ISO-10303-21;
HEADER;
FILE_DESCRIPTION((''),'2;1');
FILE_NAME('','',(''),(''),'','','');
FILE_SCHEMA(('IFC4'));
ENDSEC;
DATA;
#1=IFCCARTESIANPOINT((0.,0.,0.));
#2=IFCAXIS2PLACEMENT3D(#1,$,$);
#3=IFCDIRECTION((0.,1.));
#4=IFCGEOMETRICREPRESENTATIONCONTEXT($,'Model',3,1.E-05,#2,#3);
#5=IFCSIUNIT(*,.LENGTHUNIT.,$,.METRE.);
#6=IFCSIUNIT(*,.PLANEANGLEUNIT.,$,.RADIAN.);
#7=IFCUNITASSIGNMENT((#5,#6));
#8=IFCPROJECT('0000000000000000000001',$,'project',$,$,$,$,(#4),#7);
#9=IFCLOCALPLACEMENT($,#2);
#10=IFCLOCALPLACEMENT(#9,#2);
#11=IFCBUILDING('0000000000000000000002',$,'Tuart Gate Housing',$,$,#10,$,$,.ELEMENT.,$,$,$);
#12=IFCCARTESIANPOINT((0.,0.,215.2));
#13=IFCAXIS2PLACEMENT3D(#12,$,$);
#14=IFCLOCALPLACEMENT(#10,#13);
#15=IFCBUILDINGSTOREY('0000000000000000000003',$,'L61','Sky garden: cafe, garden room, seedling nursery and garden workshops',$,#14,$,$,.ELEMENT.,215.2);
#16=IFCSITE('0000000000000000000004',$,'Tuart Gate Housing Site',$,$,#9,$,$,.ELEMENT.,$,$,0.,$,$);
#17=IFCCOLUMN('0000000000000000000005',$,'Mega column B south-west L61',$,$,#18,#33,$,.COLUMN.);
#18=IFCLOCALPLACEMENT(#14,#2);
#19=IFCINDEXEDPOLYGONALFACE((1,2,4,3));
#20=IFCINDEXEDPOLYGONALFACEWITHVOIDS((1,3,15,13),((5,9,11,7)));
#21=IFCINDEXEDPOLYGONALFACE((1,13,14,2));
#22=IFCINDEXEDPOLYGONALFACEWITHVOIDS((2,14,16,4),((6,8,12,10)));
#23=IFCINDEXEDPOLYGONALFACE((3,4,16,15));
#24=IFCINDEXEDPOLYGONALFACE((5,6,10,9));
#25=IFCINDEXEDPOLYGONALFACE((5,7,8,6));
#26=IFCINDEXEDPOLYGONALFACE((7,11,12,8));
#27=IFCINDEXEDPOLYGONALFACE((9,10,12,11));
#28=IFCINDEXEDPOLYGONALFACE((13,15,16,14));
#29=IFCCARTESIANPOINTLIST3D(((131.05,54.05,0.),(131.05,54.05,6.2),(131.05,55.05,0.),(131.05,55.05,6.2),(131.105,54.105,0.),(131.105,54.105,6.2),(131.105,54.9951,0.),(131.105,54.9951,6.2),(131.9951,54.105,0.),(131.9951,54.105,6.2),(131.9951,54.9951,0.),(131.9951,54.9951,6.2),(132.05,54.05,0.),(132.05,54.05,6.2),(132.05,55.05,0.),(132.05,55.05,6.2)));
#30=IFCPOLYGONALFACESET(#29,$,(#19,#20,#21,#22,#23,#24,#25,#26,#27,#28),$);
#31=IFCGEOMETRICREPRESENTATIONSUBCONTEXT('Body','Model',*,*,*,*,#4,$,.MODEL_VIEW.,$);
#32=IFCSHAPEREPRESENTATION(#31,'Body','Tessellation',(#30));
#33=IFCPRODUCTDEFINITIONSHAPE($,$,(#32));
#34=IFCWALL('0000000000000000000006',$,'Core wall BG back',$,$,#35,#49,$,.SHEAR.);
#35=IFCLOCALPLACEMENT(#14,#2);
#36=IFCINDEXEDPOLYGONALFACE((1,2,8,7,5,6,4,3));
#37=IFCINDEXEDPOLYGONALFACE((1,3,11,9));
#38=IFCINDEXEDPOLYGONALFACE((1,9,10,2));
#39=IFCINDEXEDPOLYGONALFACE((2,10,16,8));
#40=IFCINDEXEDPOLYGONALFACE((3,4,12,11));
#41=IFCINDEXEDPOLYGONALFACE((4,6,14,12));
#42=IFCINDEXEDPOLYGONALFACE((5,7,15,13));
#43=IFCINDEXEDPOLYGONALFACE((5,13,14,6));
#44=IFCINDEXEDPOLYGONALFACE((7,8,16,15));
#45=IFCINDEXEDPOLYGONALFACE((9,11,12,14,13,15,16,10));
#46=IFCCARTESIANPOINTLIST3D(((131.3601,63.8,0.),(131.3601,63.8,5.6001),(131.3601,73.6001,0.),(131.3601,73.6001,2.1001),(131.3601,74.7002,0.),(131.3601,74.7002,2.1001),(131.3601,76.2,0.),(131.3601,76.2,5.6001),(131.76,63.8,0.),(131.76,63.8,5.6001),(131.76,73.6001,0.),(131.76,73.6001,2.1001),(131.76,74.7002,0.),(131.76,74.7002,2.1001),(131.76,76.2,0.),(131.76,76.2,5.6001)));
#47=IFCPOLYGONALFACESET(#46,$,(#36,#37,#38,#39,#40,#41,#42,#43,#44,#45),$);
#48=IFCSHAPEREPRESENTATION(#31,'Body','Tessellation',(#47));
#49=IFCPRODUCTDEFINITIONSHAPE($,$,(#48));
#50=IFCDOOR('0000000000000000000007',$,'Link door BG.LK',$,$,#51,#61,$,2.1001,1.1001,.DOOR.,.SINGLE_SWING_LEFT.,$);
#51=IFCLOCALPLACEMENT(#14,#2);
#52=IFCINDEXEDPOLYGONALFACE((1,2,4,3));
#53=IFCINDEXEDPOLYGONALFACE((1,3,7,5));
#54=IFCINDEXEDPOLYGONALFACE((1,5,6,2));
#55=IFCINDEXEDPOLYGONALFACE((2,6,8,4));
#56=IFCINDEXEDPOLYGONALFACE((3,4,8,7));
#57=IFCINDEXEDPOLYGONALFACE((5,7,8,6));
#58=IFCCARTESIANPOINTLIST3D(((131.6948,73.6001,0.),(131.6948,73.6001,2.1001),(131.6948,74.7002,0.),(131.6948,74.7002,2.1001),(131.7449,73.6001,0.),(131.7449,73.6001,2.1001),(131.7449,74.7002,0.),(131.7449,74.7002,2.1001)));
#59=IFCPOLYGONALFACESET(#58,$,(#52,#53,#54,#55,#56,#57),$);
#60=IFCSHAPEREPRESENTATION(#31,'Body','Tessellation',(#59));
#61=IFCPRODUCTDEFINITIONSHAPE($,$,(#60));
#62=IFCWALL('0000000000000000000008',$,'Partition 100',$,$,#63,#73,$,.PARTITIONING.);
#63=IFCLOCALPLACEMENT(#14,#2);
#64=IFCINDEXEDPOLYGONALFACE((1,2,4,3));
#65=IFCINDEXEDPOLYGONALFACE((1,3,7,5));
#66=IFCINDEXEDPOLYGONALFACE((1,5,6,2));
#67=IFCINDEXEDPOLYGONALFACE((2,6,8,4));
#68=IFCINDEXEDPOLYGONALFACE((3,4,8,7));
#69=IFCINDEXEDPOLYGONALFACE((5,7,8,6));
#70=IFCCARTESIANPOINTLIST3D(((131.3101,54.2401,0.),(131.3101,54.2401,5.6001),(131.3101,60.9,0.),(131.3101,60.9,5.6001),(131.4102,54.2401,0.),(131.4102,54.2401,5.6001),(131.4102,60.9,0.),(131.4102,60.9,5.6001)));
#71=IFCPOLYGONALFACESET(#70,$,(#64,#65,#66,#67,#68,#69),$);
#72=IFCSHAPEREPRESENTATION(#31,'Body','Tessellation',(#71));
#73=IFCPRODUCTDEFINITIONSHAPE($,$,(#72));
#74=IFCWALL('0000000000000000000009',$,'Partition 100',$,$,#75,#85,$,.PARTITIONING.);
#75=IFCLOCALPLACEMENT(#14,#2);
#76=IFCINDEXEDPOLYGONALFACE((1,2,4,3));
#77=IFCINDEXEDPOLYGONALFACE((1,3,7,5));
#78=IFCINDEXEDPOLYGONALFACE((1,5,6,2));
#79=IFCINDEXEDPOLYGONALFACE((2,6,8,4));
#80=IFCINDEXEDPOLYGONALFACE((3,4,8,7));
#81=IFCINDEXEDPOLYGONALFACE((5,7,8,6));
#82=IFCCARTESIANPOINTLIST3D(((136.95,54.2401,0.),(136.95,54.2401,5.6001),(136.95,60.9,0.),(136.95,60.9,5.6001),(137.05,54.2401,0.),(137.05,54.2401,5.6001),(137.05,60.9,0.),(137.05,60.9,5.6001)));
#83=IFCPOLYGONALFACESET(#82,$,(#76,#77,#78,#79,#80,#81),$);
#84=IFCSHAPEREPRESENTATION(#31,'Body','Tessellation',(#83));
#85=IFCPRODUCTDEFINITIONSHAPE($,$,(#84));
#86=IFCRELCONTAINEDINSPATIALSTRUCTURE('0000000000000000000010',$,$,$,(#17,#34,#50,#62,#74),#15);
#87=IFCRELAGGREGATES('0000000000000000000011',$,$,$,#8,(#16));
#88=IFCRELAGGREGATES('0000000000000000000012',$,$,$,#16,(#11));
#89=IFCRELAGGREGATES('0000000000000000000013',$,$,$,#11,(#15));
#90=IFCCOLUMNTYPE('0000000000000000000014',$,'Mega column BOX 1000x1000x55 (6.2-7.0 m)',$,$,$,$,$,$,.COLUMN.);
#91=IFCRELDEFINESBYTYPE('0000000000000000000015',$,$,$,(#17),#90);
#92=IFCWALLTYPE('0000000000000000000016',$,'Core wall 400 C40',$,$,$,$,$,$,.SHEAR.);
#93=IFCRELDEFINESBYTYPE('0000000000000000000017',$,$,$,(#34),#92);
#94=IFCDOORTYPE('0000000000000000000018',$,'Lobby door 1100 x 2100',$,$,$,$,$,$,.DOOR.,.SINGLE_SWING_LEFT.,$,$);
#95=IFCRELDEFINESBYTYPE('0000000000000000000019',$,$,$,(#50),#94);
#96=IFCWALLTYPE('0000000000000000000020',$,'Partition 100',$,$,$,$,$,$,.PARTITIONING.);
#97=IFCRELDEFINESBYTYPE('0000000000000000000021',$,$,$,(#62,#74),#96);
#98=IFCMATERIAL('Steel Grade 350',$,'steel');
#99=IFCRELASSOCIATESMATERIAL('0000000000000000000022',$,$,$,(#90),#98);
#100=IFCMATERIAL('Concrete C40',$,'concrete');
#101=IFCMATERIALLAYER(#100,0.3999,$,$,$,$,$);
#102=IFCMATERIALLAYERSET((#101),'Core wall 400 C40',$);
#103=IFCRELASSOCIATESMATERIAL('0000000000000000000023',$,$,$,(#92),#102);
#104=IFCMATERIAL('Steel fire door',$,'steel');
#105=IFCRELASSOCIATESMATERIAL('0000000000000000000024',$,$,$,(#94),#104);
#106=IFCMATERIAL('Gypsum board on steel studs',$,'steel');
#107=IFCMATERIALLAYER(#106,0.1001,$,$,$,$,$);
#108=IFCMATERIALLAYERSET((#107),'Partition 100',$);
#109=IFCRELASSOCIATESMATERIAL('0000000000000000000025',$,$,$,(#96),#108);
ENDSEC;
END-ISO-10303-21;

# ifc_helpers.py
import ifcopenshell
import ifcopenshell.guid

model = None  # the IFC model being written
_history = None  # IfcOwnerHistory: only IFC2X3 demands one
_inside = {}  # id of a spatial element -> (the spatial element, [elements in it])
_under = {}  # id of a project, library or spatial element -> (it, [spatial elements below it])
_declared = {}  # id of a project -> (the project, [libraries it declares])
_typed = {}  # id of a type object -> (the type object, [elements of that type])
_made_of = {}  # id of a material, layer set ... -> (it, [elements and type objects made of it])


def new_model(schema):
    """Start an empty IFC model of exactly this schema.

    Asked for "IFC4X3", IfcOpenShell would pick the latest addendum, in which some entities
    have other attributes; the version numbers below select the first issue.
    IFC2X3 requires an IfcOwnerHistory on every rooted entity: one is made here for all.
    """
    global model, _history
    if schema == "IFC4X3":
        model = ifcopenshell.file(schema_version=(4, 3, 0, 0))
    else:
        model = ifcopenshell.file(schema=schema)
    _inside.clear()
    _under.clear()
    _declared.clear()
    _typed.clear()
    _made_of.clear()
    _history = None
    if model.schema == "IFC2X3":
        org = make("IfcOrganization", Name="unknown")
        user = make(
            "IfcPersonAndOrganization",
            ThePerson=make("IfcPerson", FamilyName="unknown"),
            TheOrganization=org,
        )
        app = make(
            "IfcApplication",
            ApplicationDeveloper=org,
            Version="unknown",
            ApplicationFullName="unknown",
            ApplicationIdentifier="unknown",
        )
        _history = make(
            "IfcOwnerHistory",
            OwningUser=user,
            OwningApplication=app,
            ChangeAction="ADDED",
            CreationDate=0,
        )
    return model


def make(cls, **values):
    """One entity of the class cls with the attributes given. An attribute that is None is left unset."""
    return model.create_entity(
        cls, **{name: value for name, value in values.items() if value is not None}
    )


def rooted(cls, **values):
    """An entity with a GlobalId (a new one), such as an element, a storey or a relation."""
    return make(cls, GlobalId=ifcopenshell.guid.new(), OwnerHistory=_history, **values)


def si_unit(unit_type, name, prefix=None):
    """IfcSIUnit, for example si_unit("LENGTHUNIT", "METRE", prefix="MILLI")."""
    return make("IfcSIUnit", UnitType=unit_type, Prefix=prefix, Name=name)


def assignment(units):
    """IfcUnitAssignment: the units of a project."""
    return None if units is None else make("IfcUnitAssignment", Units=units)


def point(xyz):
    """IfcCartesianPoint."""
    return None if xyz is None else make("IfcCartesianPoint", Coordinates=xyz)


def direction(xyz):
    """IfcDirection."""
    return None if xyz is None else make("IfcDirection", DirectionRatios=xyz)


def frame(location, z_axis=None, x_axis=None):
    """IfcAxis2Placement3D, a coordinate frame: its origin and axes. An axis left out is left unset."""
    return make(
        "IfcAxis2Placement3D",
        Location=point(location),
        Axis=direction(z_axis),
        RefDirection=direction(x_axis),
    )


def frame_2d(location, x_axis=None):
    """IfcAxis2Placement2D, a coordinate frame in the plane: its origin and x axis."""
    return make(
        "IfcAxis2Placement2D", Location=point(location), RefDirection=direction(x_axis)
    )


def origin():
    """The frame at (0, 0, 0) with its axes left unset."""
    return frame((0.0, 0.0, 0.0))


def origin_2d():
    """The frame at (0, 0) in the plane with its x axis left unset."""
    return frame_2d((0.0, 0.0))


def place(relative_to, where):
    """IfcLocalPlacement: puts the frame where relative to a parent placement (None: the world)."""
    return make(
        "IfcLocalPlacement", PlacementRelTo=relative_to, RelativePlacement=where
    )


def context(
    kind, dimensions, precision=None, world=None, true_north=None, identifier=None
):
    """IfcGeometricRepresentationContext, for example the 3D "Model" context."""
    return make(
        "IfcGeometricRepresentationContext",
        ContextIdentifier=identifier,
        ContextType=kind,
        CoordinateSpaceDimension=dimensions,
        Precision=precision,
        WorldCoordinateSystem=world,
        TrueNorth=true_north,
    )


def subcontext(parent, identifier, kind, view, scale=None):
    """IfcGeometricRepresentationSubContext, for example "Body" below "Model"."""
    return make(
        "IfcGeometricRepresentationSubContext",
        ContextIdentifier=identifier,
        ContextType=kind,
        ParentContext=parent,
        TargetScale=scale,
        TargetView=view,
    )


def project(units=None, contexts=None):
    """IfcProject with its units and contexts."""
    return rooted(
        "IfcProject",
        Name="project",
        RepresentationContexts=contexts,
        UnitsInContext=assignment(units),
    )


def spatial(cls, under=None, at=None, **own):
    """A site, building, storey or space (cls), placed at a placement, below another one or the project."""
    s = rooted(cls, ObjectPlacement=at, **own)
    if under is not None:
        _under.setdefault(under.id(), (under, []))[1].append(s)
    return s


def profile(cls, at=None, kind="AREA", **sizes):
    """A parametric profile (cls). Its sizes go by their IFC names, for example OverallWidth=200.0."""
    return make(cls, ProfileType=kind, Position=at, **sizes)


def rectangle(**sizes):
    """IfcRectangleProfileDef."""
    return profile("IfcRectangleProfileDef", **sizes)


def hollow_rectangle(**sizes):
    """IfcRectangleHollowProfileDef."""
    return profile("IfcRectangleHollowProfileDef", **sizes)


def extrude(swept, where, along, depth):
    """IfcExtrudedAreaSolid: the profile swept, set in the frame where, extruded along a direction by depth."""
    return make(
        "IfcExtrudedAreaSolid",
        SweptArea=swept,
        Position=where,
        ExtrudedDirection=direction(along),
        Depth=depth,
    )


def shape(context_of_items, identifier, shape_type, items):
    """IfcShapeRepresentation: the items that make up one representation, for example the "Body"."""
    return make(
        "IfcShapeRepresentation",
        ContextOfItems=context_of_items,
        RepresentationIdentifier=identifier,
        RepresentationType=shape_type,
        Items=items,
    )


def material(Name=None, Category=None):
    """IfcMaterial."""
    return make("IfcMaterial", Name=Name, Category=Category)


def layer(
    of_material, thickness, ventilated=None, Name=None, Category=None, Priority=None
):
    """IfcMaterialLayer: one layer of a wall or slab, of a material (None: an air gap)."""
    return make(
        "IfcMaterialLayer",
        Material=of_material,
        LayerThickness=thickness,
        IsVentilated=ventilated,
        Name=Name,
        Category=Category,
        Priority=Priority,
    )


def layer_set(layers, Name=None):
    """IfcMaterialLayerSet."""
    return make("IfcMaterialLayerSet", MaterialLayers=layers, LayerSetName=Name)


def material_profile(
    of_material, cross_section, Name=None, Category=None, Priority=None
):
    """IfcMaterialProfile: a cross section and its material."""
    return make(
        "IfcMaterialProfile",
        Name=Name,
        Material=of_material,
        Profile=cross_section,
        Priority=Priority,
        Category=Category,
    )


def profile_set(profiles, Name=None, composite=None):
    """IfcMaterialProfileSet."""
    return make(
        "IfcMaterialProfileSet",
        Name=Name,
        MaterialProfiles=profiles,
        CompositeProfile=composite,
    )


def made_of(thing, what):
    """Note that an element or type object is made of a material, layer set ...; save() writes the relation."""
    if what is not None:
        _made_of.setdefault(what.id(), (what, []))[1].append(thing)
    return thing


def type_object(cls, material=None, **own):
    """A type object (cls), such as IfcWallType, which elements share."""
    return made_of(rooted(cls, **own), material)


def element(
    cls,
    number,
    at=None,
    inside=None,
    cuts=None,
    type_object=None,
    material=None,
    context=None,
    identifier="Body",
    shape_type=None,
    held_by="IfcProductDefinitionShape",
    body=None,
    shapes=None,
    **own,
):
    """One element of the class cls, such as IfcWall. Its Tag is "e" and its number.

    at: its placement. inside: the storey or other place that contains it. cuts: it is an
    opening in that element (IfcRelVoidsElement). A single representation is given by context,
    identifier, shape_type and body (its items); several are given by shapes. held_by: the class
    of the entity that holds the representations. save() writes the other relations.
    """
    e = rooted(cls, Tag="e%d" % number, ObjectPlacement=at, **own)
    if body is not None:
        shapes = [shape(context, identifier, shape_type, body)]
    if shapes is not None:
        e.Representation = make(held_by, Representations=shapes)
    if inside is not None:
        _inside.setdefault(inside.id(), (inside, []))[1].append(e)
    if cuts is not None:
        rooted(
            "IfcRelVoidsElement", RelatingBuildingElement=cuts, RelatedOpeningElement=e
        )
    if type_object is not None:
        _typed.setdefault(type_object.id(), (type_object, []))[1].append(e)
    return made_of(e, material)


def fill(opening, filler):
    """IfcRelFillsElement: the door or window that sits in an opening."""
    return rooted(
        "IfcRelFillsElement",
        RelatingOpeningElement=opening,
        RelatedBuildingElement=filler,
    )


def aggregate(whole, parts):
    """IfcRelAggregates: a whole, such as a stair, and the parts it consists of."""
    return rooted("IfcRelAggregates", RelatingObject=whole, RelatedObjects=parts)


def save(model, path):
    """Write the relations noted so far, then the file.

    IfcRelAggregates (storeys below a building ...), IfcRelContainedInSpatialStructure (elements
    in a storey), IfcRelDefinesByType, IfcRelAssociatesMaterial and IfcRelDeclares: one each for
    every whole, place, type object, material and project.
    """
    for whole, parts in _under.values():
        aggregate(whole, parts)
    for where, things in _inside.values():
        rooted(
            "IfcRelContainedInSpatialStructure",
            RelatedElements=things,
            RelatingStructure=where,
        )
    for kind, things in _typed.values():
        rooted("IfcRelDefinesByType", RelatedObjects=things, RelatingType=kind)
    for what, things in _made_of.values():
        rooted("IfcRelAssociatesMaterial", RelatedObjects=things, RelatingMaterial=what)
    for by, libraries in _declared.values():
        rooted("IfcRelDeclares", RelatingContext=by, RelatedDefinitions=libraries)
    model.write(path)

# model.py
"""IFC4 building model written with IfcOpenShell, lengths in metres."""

from ifc_helpers import new_model, si_unit, direction, frame, frame_2d, origin, origin_2d, place, context, subcontext, project, spatial, rectangle, hollow_rectangle, extrude, material, layer, layer_set, material_profile, profile_set, type_object, element, fill, save


model = new_model("IFC4")

# Units and contexts
model_context = context("Model", 3, precision=1e-05, world=origin(), true_north=direction((0.0, 1.0)))
body_context = subcontext(model_context, "Body", "Model", "MODEL_VIEW")
ifc_project = project(units=[si_unit("LENGTHUNIT", "METRE"), si_unit("PLANEANGLEUNIT", "RADIAN")], contexts=[model_context])

# Site, building, storey
site_placement = place(None, origin())
site = spatial("IfcSite", under=ifc_project, at=site_placement, Name="Tuart Gate Housing Site", CompositionType="ELEMENT", RefElevation=0.0)
building_placement = place(site_placement, origin())
building = spatial("IfcBuilding", under=site, at=building_placement, Name="Tuart Gate Housing", CompositionType="ELEMENT")
storey_placement = place(building_placement, frame((0.0, 0.0, 215.2)))
storey = spatial("IfcBuildingStorey", under=building, at=storey_placement, Name="L61", Description="Sky garden: cafe, garden room, seedling nursery and garden workshops", CompositionType="ELEMENT", Elevation=215.2)

# Column
ifc_material_1 = material(Name="Steel Grade 350", Category="steel")
ifc_material_profile = material_profile(ifc_material_1, hollow_rectangle(XDim=1.0, YDim=1.0, WallThickness=0.0549, at=origin_2d()), Name="BOX 1000x1000x55")
ifc_profile_set = profile_set([ifc_material_profile], Name="Steel Grade 350")
column_type = type_object("IfcColumnType", Name="Mega column BOX 1000x1000x55 (6.2-7.0 m)", PredefinedType="COLUMN", material=ifc_profile_set)
column_placement = place(storey_placement, frame((131.55, 54.55, 0.0), z_axis=(0.0, 0.0, 1.0), x_axis=(1.0, 0.0, 0.0)))
element("IfcColumn", 1, at=column_placement, inside=storey, type_object=column_type, Name="Mega column B south-west L61", PredefinedType="COLUMN", context=body_context, shape_type="SweptSolid", body=[
    extrude(hollow_rectangle(XDim=1.0, YDim=1.0, WallThickness=0.0549, at=origin_2d()), origin(), (0.0, 0.0, 1.0), 6.2),
])

# Wall, opening, door
ifc_material_2 = material(Name="Concrete C40", Category="concrete")
ifc_layer_1 = layer(ifc_material_2, 0.3999)
ifc_layer_set_1 = layer_set([ifc_layer_1], Name="Core wall 400 C40")
wall_type_1 = type_object("IfcWallType", Name="Core wall 400 C40", PredefinedType="SHEAR", material=ifc_layer_set_1)
wall_1_placement = place(storey_placement, frame((131.5601, 63.8, 0.0), z_axis=(0.0, 0.0, 1.0), x_axis=(0.0, 1.0, 0.0)))
wall_1 = element("IfcWall", 2, at=wall_1_placement, inside=storey, type_object=wall_type_1, Name="Core wall BG back", PredefinedType="SHEAR", context=body_context, shape_type="SweptSolid", body=[
    extrude(rectangle(XDim=12.3999, YDim=0.3999, at=frame_2d((6.2, 0.0))), origin(), (0.0, 0.0, 1.0), 5.6001),
])
opening_1_placement = place(wall_1_placement, frame((9.8, 0.0, 0.0)))
opening_1 = element("IfcOpeningElement", 3, at=opening_1_placement, cuts=wall_1, PredefinedType="OPENING", context=body_context, shape_type="SweptSolid", body=[
    extrude(rectangle(XDim=1.1001, YDim=2.1001, at=frame_2d((0.55, 1.05))), frame((0.0, 0.21, 0.0), z_axis=(0.0, -1.0, 0.0), x_axis=(1.0, 0.0, 0.0)), (0.0, 0.0, 1.0), 0.4199),
])
ifc_material_3 = material(Name="Steel fire door", Category="steel")
door_type = type_object("IfcDoorType", Name="Lobby door 1100 x 2100", OperationType="SINGLE_SWING_LEFT", PredefinedType="DOOR", material=ifc_material_3)
door_placement = place(opening_1_placement, frame((1.1001, 0.0, 0.0), z_axis=(0.0, 0.0, 1.0), x_axis=(-1.0, 0.0, 0.0)))
door = element("IfcDoor", 4, at=door_placement, inside=storey, type_object=door_type, Name="Link door BG.LK", OperationType="SINGLE_SWING_LEFT", OverallHeight=2.1001, OverallWidth=1.1001, PredefinedType="DOOR", context=body_context, shape_type="SweptSolid", body=[
    extrude(rectangle(XDim=1.1001, YDim=2.1001, at=frame_2d((0.55, 1.05))), frame((0.0, 0.1848, 0.0), z_axis=(0.0, -1.0, 0.0), x_axis=(1.0, 0.0, 0.0)), (0.0, 0.0, 1.0), 0.05),
])
fill(opening_1, door)

# Walls
ifc_material_4 = material(Name="Gypsum board on steel studs", Category="steel")
ifc_layer_2 = layer(ifc_material_4, 0.1001)
ifc_layer_set_2 = layer_set([ifc_layer_2], Name="Partition 100")
wall_type_2 = type_object("IfcWallType", Name="Partition 100", PredefinedType="PARTITIONING", material=ifc_layer_set_2)
for number, where, z_axis, x_axis, name in (
    (5, (131.3601, 54.24, 0.0), (0.0, 0.0, 1.0), (0.0, 1.0, 0.0), "Partition 100"),
    (6, (137.0, 54.24, 0.0), (0.0, 0.0, 1.0), (0.0, 1.0, 0.0), "Partition 100"),
):
    element("IfcWall", number, at=place(storey_placement, frame(where, z_axis=z_axis, x_axis=x_axis)), inside=storey, type_object=wall_type_2, Name=name, PredefinedType="PARTITIONING", context=body_context, shape_type="SweptSolid", body=[
        extrude(rectangle(XDim=6.6599, YDim=0.1001, at=frame_2d((3.3301, 0.0))), origin(), (0.0, 0.0, 1.0), 5.6001),
    ])

save(model, "model.ifc")
